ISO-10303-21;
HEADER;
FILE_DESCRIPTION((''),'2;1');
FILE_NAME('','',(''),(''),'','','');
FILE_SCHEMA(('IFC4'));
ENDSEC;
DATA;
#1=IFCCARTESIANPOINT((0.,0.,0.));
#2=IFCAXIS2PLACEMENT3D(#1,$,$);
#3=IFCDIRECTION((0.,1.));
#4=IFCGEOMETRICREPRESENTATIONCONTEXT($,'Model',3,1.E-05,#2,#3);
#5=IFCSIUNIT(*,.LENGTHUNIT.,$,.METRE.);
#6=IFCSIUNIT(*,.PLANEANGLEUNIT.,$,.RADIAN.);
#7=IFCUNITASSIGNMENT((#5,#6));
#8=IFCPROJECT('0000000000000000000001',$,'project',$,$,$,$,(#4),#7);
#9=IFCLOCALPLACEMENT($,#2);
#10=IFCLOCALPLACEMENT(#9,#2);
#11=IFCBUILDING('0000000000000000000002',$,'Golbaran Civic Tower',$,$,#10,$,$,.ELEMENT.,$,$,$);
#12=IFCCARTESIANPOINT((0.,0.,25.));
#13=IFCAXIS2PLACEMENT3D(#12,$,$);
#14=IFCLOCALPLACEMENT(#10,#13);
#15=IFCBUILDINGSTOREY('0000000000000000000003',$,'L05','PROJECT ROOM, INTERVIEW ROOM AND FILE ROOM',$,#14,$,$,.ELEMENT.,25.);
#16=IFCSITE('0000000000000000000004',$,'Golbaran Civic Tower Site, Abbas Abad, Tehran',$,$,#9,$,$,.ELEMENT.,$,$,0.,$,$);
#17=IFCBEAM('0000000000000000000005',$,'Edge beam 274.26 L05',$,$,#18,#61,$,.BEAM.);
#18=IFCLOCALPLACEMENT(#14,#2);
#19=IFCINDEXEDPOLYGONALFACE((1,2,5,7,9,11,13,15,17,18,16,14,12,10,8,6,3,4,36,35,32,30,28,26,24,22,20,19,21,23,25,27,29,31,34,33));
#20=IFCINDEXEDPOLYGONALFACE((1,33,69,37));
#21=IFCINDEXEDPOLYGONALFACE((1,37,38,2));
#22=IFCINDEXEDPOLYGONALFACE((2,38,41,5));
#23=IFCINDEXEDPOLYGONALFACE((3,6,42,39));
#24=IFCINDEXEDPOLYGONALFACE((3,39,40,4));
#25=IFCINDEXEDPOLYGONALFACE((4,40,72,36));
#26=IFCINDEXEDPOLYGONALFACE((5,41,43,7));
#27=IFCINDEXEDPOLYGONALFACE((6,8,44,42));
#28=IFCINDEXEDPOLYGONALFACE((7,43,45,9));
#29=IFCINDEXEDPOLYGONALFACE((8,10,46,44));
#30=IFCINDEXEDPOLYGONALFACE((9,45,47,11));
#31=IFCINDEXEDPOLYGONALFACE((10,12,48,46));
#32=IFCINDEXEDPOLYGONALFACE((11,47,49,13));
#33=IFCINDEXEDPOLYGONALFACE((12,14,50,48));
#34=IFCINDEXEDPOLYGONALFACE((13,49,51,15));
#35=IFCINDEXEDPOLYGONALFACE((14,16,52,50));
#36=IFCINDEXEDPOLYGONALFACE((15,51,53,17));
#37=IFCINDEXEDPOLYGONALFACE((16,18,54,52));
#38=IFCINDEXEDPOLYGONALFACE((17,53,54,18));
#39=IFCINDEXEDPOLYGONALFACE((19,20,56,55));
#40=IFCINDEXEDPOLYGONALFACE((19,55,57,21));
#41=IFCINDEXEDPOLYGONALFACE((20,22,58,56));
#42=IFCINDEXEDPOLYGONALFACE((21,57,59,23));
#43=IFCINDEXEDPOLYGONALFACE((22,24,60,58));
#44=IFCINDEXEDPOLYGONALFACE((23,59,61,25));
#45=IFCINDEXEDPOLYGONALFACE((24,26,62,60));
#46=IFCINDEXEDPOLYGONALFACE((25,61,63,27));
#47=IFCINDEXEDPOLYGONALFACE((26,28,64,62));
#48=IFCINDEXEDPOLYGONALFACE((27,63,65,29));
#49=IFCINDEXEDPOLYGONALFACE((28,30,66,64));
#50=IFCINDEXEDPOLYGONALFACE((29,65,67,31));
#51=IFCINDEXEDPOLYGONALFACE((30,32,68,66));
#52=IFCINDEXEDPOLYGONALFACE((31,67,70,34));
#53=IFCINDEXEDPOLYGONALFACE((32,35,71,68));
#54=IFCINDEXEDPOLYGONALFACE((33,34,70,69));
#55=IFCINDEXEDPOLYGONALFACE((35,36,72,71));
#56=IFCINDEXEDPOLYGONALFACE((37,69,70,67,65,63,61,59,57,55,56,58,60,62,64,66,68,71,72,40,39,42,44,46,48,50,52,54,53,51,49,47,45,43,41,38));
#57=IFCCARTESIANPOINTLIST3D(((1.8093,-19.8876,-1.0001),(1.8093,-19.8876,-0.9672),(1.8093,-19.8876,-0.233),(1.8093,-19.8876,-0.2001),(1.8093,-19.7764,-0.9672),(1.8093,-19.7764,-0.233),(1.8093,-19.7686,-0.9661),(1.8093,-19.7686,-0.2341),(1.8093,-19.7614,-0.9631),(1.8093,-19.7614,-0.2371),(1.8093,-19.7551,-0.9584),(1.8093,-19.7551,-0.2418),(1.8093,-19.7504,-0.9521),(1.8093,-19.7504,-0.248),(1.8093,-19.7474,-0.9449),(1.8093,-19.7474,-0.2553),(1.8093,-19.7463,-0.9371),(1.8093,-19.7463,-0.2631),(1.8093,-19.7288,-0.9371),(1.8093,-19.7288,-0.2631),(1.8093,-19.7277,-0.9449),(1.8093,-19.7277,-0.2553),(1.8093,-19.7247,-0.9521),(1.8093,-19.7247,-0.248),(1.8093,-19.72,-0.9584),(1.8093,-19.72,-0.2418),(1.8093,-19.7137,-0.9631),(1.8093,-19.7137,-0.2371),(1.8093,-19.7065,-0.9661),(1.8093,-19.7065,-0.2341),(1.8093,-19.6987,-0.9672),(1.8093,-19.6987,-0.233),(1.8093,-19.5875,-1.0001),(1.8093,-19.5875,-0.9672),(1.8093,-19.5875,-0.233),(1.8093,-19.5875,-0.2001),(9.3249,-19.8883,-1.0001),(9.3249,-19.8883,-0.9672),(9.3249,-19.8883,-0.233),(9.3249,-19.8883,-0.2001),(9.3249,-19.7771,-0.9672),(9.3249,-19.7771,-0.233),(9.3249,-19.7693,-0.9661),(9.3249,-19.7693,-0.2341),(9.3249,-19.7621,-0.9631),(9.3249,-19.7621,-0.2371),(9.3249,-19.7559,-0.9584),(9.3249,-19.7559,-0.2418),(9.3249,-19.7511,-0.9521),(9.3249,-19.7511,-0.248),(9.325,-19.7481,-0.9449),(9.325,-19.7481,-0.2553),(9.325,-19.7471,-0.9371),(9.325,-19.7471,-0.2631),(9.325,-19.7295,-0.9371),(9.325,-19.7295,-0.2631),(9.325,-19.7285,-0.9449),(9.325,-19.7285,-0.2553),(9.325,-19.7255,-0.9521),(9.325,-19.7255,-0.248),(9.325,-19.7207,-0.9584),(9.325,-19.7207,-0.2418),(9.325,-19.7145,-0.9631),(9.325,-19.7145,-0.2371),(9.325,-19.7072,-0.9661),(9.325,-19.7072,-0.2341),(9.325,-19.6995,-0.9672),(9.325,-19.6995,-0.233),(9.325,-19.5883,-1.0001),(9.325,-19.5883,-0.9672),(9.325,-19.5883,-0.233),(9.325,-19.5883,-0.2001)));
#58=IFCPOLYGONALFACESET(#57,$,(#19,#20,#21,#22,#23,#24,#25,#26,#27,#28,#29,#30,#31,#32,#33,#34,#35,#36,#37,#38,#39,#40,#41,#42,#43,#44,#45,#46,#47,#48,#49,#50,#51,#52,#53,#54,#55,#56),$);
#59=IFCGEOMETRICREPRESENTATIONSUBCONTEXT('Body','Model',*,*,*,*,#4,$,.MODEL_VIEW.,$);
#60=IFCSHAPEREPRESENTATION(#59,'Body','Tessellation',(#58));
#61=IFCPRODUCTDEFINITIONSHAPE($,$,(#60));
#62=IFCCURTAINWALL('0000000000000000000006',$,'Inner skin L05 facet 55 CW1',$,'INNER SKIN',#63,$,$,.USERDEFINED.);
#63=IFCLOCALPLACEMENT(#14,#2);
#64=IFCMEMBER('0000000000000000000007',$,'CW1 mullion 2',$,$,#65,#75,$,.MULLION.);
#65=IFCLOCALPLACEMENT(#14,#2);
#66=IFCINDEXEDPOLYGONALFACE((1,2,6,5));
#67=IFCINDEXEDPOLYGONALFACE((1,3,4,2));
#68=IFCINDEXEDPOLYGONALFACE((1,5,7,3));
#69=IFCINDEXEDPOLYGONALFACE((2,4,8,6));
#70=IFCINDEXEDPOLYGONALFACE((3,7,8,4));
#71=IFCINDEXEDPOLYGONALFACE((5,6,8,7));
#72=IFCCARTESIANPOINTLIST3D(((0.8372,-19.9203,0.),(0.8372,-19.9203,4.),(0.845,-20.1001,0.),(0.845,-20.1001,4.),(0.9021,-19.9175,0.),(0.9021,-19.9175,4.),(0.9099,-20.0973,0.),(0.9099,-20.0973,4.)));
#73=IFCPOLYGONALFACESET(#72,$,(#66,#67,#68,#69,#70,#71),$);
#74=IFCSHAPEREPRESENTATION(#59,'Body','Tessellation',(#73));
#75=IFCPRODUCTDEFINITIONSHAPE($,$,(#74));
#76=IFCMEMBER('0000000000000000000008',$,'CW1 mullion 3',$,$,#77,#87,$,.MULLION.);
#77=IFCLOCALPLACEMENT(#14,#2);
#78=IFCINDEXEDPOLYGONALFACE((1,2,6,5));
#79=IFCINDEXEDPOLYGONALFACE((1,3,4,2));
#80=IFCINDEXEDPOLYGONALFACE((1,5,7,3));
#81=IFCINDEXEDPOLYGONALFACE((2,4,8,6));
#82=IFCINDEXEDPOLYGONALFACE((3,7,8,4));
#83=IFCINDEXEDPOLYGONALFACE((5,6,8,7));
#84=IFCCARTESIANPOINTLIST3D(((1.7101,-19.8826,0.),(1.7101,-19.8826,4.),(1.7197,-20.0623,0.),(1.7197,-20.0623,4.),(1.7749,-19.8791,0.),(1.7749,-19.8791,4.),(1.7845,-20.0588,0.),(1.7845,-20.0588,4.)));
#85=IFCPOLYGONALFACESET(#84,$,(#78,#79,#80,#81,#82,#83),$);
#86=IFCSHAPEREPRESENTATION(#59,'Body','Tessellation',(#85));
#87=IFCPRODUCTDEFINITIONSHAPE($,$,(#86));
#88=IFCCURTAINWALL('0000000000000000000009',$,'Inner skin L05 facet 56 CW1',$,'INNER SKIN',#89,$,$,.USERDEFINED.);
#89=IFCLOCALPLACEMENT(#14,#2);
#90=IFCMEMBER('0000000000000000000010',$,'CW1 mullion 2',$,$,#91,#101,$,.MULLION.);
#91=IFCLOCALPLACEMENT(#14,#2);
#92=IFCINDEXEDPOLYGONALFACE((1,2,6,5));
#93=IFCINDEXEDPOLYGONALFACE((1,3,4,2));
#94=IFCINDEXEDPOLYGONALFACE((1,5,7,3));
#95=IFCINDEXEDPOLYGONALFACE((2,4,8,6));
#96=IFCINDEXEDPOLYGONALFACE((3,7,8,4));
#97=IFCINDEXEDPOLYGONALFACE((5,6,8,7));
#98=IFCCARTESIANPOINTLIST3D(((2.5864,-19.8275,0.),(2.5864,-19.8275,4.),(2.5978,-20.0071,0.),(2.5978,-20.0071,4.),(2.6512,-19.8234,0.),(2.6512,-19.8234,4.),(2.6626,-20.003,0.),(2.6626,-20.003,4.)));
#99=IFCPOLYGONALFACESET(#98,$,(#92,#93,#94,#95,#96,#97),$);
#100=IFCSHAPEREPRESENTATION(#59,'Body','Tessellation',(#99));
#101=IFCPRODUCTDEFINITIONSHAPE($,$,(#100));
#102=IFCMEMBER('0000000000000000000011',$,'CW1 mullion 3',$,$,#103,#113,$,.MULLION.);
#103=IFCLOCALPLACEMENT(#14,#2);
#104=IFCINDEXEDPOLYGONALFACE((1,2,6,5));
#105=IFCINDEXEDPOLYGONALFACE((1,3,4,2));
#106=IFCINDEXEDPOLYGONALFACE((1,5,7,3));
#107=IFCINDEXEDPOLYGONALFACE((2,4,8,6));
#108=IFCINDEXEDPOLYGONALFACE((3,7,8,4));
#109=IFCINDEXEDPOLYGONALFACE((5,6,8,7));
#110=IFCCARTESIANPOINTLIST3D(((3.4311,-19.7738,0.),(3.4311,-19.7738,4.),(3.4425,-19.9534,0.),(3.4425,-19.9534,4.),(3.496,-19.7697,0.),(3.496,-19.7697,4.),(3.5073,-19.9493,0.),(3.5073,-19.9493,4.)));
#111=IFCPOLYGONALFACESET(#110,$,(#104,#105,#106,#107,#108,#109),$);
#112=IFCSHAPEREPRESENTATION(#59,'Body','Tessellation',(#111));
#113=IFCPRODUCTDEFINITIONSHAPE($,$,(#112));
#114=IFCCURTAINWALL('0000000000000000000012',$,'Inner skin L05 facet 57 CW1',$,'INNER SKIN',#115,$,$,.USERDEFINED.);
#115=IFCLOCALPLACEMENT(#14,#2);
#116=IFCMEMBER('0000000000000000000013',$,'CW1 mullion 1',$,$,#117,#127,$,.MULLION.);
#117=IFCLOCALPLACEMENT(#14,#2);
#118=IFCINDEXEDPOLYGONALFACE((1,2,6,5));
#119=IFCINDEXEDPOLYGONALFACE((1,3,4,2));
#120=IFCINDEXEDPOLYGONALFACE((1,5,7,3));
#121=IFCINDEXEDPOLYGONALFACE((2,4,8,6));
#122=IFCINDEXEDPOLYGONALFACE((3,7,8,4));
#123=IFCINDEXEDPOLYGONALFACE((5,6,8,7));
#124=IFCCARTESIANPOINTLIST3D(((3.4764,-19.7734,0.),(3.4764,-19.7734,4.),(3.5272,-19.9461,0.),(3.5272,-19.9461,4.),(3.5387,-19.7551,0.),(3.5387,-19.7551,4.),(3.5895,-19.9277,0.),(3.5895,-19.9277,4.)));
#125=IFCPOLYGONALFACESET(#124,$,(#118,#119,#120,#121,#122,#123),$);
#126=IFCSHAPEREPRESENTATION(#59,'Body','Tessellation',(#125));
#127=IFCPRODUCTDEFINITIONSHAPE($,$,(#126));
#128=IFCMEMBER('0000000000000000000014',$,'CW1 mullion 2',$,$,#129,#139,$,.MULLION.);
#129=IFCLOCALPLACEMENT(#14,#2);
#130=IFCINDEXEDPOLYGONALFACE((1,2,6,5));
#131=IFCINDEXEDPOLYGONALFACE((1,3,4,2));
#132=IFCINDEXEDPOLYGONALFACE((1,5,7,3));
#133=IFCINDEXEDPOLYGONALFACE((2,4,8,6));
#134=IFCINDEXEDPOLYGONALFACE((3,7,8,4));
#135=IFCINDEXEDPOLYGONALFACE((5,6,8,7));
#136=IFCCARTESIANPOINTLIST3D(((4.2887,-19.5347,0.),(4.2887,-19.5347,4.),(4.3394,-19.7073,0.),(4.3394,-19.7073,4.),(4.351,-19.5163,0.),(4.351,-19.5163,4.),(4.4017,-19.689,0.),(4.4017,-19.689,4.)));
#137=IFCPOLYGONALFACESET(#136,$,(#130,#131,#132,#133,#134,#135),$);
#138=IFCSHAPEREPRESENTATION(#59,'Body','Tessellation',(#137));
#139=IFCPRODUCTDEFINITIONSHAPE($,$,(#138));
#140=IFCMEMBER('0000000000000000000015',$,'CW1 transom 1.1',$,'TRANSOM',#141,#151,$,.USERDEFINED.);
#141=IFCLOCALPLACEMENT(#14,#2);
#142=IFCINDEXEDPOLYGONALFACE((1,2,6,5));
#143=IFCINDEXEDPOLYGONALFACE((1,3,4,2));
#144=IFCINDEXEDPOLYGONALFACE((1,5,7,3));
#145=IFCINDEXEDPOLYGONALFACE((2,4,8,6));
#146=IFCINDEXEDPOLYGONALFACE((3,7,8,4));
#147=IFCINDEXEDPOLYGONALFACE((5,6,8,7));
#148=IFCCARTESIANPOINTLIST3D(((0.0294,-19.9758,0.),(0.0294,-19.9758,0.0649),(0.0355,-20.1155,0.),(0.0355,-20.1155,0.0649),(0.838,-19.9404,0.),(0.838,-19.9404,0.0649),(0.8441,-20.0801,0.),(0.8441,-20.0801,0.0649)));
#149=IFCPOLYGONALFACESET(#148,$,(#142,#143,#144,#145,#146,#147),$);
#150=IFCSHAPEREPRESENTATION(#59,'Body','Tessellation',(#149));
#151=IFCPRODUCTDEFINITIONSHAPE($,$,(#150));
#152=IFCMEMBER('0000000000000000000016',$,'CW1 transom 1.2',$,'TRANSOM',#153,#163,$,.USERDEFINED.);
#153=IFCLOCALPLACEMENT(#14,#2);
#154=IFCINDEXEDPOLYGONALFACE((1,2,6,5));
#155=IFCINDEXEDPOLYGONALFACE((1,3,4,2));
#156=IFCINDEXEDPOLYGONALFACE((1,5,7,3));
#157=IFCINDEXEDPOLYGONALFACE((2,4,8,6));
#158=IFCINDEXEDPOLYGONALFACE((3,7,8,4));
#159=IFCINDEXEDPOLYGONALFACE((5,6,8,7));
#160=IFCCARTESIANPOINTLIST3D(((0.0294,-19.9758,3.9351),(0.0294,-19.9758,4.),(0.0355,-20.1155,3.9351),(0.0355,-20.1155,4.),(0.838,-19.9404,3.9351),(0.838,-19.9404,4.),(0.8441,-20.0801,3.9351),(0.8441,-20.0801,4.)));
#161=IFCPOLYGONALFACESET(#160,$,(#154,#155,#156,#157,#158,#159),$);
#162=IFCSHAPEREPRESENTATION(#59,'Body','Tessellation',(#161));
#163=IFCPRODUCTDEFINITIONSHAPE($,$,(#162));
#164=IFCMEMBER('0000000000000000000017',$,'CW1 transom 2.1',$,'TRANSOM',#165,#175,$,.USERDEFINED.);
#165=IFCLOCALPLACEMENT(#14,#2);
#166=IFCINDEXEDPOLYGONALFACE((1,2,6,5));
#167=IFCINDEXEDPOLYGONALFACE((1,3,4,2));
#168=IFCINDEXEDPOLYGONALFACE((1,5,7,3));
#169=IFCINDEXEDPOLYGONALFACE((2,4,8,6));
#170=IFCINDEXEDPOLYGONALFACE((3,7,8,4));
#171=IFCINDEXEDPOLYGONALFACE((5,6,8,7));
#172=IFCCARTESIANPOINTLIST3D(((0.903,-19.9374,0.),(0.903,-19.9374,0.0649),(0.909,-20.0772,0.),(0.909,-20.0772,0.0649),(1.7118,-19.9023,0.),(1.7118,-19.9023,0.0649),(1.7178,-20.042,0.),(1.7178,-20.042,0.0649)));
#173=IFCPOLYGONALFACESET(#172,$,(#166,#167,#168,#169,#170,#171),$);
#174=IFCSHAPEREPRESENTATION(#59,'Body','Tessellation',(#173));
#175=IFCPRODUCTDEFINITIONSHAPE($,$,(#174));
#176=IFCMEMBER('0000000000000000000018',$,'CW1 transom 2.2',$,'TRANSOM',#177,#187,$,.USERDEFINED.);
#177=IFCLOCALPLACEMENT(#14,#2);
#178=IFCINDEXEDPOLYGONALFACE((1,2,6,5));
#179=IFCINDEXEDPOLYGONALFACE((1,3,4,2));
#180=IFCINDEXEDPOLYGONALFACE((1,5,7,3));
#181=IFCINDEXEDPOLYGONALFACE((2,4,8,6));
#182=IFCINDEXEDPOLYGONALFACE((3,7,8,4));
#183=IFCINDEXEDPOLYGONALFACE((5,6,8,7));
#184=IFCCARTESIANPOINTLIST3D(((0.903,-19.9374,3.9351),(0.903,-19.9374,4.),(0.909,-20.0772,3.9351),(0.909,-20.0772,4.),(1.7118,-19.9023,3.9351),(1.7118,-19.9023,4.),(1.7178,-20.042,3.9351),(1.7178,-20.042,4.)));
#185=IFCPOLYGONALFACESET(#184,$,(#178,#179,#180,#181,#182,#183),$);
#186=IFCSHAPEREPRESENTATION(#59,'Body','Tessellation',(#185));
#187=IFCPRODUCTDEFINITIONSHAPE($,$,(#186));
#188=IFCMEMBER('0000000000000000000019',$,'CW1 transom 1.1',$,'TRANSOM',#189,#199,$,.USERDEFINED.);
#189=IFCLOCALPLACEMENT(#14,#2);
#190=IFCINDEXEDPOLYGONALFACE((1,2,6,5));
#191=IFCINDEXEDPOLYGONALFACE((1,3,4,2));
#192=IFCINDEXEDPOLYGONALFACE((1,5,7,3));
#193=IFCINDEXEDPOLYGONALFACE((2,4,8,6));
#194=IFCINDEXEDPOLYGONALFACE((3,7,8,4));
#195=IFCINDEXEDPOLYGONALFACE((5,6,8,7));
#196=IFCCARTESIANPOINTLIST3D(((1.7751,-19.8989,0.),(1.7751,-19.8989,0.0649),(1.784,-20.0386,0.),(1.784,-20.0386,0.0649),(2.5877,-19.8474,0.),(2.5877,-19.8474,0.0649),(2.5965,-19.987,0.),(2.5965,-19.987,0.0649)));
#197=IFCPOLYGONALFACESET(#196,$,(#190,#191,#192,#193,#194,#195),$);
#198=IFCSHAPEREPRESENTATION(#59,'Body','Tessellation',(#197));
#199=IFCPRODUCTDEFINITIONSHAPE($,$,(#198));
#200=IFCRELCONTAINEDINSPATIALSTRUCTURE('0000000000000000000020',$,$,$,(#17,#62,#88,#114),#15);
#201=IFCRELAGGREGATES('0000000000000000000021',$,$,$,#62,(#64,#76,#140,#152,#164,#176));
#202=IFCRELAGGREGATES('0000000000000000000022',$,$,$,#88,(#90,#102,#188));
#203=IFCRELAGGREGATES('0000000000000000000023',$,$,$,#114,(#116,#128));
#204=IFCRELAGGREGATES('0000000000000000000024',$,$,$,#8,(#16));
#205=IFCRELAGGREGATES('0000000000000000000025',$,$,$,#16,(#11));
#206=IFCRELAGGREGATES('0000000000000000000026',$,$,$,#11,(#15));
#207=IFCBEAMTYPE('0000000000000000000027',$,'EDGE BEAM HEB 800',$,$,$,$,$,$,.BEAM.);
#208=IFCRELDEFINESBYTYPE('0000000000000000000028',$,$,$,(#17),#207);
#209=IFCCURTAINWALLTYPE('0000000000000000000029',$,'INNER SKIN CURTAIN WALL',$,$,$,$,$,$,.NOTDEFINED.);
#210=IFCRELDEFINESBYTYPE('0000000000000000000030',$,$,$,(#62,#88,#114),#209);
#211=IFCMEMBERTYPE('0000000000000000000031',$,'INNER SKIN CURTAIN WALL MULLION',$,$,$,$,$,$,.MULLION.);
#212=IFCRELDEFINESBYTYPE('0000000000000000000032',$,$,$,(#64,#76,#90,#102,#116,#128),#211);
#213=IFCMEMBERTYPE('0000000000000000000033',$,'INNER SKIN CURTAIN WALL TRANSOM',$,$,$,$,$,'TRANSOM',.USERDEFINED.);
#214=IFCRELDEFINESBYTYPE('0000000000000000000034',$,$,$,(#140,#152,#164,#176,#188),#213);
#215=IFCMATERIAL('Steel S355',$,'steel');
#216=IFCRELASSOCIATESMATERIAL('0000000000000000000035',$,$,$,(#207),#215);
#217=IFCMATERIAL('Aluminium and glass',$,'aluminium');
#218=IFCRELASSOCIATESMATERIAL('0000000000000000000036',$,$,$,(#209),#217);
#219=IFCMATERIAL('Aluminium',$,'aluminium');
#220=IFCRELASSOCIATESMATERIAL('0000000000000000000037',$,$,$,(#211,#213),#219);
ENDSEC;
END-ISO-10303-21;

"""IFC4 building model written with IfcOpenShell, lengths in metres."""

from ifc_helpers import new_model, si_unit, direction, frame, origin, origin_2d, place, context, subcontext, project, spatial, rectangle, i_section, extrude, material, material_profile, profile_set, type_object, element, aggregate, save


model = new_model("IFC4")

# Units and contexts
model_context = context("Model", 3, precision=1e-05, world=origin(), true_north=direction((0.0, 1.0)))
body_context = subcontext(model_context, "Body", "Model", "MODEL_VIEW")
ifc_project = project(units=[si_unit("LENGTHUNIT", "METRE"), si_unit("PLANEANGLEUNIT", "RADIAN")], contexts=[model_context])

# Site, building, storey
site_placement = place(None, origin())
site = spatial("IfcSite", under=ifc_project, at=site_placement, Name="Golbaran Civic Tower Site, Abbas Abad, Tehran", CompositionType="ELEMENT", RefElevation=0.0)
building_placement = place(site_placement, origin())
building = spatial("IfcBuilding", under=site, at=building_placement, Name="Golbaran Civic Tower", CompositionType="ELEMENT")
storey_placement = place(building_placement, frame((0.0, 0.0, 25.0)))
storey = spatial("IfcBuildingStorey", under=building, at=storey_placement, Name="L05", Description="PROJECT ROOM, INTERVIEW ROOM AND FILE ROOM", CompositionType="ELEMENT", Elevation=25.0)

# Beam
ifc_material_1 = material(Name="Steel S355", Category="steel")
ifc_material_profile_1 = material_profile(ifc_material_1, i_section(OverallWidth=0.3, OverallDepth=0.8, WebThickness=0.0176, FlangeThickness=0.033, FilletRadius=0.03, at=origin_2d()), Name="HEB 800")
ifc_profile_set_1 = profile_set([ifc_material_profile_1], Name="Steel S355")
beam_type = type_object("IfcBeamType", Name="EDGE BEAM HEB 800", PredefinedType="BEAM", material=ifc_profile_set_1)
beam_placement = place(storey_placement, frame((1.8093, -19.7375, -0.6001), z_axis=(1.0, -0.000097, 0.0), x_axis=(0.000097, 1.0, 0.0)))
element("IfcBeam", 1, at=beam_placement, inside=storey, type_object=beam_type, Name="Edge beam 274.26 L05", PredefinedType="BEAM", context=body_context, shape_type="SweptSolid", body=[
    extrude(i_section(OverallWidth=0.3, OverallDepth=0.8, WebThickness=0.0176, FlangeThickness=0.033, FilletRadius=0.03, at=origin_2d()), origin(), (0.0, 0.0, 1.0), 7.5156),
])

# Curtain walls, members
ifc_material_2 = material(Name="Aluminium and glass", Category="aluminium")
curtain_wall_type = type_object("IfcCurtainWallType", Name="INNER SKIN CURTAIN WALL", PredefinedType="NOTDEFINED", material=ifc_material_2)
curtain_wall_1_placement = place(storey_placement, origin())
curtain_wall_1 = element("IfcCurtainWall", 2, at=curtain_wall_1_placement, inside=storey, type_object=curtain_wall_type, Name="Inner skin L05 facet 55 CW1", ObjectType="INNER SKIN", PredefinedType="USERDEFINED")
ifc_material_3 = material(Name="Aluminium", Category="aluminium")
ifc_material_profile_2 = material_profile(ifc_material_3, rectangle(XDim=0.1799, YDim=0.0649, at=origin_2d()), Name="INNER SKIN CURTAIN WALL MULLION")
ifc_profile_set_2 = profile_set([ifc_material_profile_2], Name="Aluminium")
member_type_1 = type_object("IfcMemberType", Name="INNER SKIN CURTAIN WALL MULLION", PredefinedType="MULLION", material=ifc_profile_set_2)
member_1_placement = place(storey_placement, frame((0.8735, -20.0088, 0.0), z_axis=(0.0, 0.0, 1.0), x_axis=(-0.043619, 0.999048, 0.0)))
member_1 = element("IfcMember", 3, at=member_1_placement, type_object=member_type_1, Name="CW1 mullion 2", PredefinedType="MULLION", context=body_context, shape_type="SweptSolid", body=[
    extrude(rectangle(XDim=0.1799, YDim=0.0649, at=origin_2d()), origin(), (0.0, 0.0, 1.0), 4.0),
])
member_2_placement = place(storey_placement, frame((1.7473, -19.9707, 0.0), z_axis=(0.0, 0.0, 1.0), x_axis=(-0.053404, 0.998573, 0.0)))
member_2 = element("IfcMember", 4, at=member_2_placement, type_object=member_type_1, Name="CW1 mullion 3", PredefinedType="MULLION", context=body_context, shape_type="SweptSolid", body=[
    extrude(rectangle(XDim=0.1799, YDim=0.0649, at=origin_2d()), origin(), (0.0, 0.0, 1.0), 4.0),
])
curtain_wall_2_placement = place(storey_placement, origin())
curtain_wall_2 = element("IfcCurtainWall", 5, at=curtain_wall_2_placement, inside=storey, type_object=curtain_wall_type, Name="Inner skin L05 facet 56 CW1", ObjectType="INNER SKIN", PredefinedType="USERDEFINED")
member_3_placement = place(storey_placement, frame((2.6245, -19.9153, 0.0), z_axis=(0.0, 0.0, 1.0), x_axis=(-0.063183, 0.998002, 0.0)))
member_3 = element("IfcMember", 6, at=member_3_placement, type_object=member_type_1, Name="CW1 mullion 2", PredefinedType="MULLION", context=body_context, shape_type="SweptSolid", body=[
    extrude(rectangle(XDim=0.1799, YDim=0.0649, at=origin_2d()), origin(), (0.0, 0.0, 1.0), 4.0),
])
member_4_placement = place(storey_placement, frame((3.4692, -19.8616, 0.0), z_axis=(0.0, 0.0, 1.0), x_axis=(-0.063183, 0.998002, 0.0)))
member_4 = element("IfcMember", 7, at=member_4_placement, type_object=member_type_1, Name="CW1 mullion 3", PredefinedType="MULLION", context=body_context, shape_type="SweptSolid", body=[
    extrude(rectangle(XDim=0.1799, YDim=0.0649, at=origin_2d()), origin(), (0.0, 0.0, 1.0), 4.0),
])
curtain_wall_3_placement = place(storey_placement, origin())
curtain_wall_3 = element("IfcCurtainWall", 8, at=curtain_wall_3_placement, inside=storey, type_object=curtain_wall_type, Name="Inner skin L05 facet 57 CW1", ObjectType="INNER SKIN", PredefinedType="USERDEFINED")
member_5_placement = place(storey_placement, frame((3.533, -19.8506, 0.0), z_axis=(0.0, 0.0, 1.0), x_axis=(-0.281964, 0.959425, 0.0)))
member_5 = element("IfcMember", 9, at=member_5_placement, type_object=member_type_1, Name="CW1 mullion 1", PredefinedType="MULLION", context=body_context, shape_type="SweptSolid", body=[
    extrude(rectangle(XDim=0.1799, YDim=0.0649, at=origin_2d()), origin(), (0.0, 0.0, 1.0), 4.0),
])
member_6_placement = place(storey_placement, frame((4.3452, -19.6118, 0.0), z_axis=(0.0, 0.0, 1.0), x_axis=(-0.281964, 0.959425, 0.0)))
member_6 = element("IfcMember", 10, at=member_6_placement, type_object=member_type_1, Name="CW1 mullion 2", PredefinedType="MULLION", context=body_context, shape_type="SweptSolid", body=[
    extrude(rectangle(XDim=0.1799, YDim=0.0649, at=origin_2d()), origin(), (0.0, 0.0, 1.0), 4.0),
])

# Members
ifc_material_profile_3 = material_profile(ifc_material_3, rectangle(XDim=0.1399, YDim=0.0649, at=origin_2d()), Name="INNER SKIN CURTAIN WALL TRANSOM")
ifc_profile_set_3 = profile_set([ifc_material_profile_3], Name="Aluminium")
member_type_2 = type_object("IfcMemberType", Name="INNER SKIN CURTAIN WALL TRANSOM", ElementType="TRANSOM", PredefinedType="USERDEFINED", material=ifc_profile_set_3)
member_7_placement = place(storey_placement, frame((0.0325, -20.0457, 0.0325), z_axis=(0.999043, 0.043738, 0.0), x_axis=(-0.043738, 0.999043, 0.0)))
member_7 = element("IfcMember", 11, at=member_7_placement, type_object=member_type_2, Name="CW1 transom 1.1", ObjectType="TRANSOM", PredefinedType="USERDEFINED", context=body_context, shape_type="SweptSolid", body=[
    extrude(rectangle(XDim=0.1399, YDim=0.0649, at=origin_2d()), origin(), (0.0, 0.0, 1.0), 0.8093),
])
member_8_placement = place(storey_placement, frame((0.0325, -20.0457, 3.9675), z_axis=(0.999043, 0.043738, 0.0), x_axis=(-0.043738, 0.999043, 0.0)))
member_8 = element("IfcMember", 12, at=member_8_placement, type_object=member_type_2, Name="CW1 transom 1.2", ObjectType="TRANSOM", PredefinedType="USERDEFINED", context=body_context, shape_type="SweptSolid", body=[
    extrude(rectangle(XDim=0.1399, YDim=0.0649, at=origin_2d()), origin(), (0.0, 0.0, 1.0), 0.8093),
])
member_9_placement = place(storey_placement, frame((0.906, -20.0073, 0.0325), z_axis=(0.999057, 0.043424, 0.0), x_axis=(-0.043424, 0.999057, 0.0)))
member_9 = element("IfcMember", 13, at=member_9_placement, type_object=member_type_2, Name="CW1 transom 2.1", ObjectType="TRANSOM", PredefinedType="USERDEFINED", context=body_context, shape_type="SweptSolid", body=[
    extrude(rectangle(XDim=0.1399, YDim=0.0649, at=origin_2d()), origin(), (0.0, 0.0, 1.0), 0.8096),
])
member_10_placement = place(storey_placement, frame((0.906, -20.0073, 3.9675), z_axis=(0.999057, 0.043424, 0.0), x_axis=(-0.043424, 0.999057, 0.0)))
member_10 = element("IfcMember", 14, at=member_10_placement, type_object=member_type_2, Name="CW1 transom 2.2", ObjectType="TRANSOM", PredefinedType="USERDEFINED", context=body_context, shape_type="SweptSolid", body=[
    extrude(rectangle(XDim=0.1399, YDim=0.0649, at=origin_2d()), origin(), (0.0, 0.0, 1.0), 0.8096),
])
member_11_placement = place(storey_placement, frame((1.7795, -19.9688, 0.0325), z_axis=(0.997996, 0.063274, 0.0), x_axis=(-0.063274, 0.997996, 0.0)))
member_11 = element("IfcMember", 15, at=member_11_placement, type_object=member_type_2, Name="CW1 transom 1.1", ObjectType="TRANSOM", PredefinedType="USERDEFINED", context=body_context, shape_type="SweptSolid", body=[
    extrude(rectangle(XDim=0.1399, YDim=0.0649, at=origin_2d()), origin(), (0.0, 0.0, 1.0), 0.8142),
])

aggregate(curtain_wall_1, [member_1, member_2, member_7, member_8, member_9, member_10])
aggregate(curtain_wall_2, [member_3, member_4, member_11])
aggregate(curtain_wall_3, [member_5, member_6])

save(model, "model.ifc")
